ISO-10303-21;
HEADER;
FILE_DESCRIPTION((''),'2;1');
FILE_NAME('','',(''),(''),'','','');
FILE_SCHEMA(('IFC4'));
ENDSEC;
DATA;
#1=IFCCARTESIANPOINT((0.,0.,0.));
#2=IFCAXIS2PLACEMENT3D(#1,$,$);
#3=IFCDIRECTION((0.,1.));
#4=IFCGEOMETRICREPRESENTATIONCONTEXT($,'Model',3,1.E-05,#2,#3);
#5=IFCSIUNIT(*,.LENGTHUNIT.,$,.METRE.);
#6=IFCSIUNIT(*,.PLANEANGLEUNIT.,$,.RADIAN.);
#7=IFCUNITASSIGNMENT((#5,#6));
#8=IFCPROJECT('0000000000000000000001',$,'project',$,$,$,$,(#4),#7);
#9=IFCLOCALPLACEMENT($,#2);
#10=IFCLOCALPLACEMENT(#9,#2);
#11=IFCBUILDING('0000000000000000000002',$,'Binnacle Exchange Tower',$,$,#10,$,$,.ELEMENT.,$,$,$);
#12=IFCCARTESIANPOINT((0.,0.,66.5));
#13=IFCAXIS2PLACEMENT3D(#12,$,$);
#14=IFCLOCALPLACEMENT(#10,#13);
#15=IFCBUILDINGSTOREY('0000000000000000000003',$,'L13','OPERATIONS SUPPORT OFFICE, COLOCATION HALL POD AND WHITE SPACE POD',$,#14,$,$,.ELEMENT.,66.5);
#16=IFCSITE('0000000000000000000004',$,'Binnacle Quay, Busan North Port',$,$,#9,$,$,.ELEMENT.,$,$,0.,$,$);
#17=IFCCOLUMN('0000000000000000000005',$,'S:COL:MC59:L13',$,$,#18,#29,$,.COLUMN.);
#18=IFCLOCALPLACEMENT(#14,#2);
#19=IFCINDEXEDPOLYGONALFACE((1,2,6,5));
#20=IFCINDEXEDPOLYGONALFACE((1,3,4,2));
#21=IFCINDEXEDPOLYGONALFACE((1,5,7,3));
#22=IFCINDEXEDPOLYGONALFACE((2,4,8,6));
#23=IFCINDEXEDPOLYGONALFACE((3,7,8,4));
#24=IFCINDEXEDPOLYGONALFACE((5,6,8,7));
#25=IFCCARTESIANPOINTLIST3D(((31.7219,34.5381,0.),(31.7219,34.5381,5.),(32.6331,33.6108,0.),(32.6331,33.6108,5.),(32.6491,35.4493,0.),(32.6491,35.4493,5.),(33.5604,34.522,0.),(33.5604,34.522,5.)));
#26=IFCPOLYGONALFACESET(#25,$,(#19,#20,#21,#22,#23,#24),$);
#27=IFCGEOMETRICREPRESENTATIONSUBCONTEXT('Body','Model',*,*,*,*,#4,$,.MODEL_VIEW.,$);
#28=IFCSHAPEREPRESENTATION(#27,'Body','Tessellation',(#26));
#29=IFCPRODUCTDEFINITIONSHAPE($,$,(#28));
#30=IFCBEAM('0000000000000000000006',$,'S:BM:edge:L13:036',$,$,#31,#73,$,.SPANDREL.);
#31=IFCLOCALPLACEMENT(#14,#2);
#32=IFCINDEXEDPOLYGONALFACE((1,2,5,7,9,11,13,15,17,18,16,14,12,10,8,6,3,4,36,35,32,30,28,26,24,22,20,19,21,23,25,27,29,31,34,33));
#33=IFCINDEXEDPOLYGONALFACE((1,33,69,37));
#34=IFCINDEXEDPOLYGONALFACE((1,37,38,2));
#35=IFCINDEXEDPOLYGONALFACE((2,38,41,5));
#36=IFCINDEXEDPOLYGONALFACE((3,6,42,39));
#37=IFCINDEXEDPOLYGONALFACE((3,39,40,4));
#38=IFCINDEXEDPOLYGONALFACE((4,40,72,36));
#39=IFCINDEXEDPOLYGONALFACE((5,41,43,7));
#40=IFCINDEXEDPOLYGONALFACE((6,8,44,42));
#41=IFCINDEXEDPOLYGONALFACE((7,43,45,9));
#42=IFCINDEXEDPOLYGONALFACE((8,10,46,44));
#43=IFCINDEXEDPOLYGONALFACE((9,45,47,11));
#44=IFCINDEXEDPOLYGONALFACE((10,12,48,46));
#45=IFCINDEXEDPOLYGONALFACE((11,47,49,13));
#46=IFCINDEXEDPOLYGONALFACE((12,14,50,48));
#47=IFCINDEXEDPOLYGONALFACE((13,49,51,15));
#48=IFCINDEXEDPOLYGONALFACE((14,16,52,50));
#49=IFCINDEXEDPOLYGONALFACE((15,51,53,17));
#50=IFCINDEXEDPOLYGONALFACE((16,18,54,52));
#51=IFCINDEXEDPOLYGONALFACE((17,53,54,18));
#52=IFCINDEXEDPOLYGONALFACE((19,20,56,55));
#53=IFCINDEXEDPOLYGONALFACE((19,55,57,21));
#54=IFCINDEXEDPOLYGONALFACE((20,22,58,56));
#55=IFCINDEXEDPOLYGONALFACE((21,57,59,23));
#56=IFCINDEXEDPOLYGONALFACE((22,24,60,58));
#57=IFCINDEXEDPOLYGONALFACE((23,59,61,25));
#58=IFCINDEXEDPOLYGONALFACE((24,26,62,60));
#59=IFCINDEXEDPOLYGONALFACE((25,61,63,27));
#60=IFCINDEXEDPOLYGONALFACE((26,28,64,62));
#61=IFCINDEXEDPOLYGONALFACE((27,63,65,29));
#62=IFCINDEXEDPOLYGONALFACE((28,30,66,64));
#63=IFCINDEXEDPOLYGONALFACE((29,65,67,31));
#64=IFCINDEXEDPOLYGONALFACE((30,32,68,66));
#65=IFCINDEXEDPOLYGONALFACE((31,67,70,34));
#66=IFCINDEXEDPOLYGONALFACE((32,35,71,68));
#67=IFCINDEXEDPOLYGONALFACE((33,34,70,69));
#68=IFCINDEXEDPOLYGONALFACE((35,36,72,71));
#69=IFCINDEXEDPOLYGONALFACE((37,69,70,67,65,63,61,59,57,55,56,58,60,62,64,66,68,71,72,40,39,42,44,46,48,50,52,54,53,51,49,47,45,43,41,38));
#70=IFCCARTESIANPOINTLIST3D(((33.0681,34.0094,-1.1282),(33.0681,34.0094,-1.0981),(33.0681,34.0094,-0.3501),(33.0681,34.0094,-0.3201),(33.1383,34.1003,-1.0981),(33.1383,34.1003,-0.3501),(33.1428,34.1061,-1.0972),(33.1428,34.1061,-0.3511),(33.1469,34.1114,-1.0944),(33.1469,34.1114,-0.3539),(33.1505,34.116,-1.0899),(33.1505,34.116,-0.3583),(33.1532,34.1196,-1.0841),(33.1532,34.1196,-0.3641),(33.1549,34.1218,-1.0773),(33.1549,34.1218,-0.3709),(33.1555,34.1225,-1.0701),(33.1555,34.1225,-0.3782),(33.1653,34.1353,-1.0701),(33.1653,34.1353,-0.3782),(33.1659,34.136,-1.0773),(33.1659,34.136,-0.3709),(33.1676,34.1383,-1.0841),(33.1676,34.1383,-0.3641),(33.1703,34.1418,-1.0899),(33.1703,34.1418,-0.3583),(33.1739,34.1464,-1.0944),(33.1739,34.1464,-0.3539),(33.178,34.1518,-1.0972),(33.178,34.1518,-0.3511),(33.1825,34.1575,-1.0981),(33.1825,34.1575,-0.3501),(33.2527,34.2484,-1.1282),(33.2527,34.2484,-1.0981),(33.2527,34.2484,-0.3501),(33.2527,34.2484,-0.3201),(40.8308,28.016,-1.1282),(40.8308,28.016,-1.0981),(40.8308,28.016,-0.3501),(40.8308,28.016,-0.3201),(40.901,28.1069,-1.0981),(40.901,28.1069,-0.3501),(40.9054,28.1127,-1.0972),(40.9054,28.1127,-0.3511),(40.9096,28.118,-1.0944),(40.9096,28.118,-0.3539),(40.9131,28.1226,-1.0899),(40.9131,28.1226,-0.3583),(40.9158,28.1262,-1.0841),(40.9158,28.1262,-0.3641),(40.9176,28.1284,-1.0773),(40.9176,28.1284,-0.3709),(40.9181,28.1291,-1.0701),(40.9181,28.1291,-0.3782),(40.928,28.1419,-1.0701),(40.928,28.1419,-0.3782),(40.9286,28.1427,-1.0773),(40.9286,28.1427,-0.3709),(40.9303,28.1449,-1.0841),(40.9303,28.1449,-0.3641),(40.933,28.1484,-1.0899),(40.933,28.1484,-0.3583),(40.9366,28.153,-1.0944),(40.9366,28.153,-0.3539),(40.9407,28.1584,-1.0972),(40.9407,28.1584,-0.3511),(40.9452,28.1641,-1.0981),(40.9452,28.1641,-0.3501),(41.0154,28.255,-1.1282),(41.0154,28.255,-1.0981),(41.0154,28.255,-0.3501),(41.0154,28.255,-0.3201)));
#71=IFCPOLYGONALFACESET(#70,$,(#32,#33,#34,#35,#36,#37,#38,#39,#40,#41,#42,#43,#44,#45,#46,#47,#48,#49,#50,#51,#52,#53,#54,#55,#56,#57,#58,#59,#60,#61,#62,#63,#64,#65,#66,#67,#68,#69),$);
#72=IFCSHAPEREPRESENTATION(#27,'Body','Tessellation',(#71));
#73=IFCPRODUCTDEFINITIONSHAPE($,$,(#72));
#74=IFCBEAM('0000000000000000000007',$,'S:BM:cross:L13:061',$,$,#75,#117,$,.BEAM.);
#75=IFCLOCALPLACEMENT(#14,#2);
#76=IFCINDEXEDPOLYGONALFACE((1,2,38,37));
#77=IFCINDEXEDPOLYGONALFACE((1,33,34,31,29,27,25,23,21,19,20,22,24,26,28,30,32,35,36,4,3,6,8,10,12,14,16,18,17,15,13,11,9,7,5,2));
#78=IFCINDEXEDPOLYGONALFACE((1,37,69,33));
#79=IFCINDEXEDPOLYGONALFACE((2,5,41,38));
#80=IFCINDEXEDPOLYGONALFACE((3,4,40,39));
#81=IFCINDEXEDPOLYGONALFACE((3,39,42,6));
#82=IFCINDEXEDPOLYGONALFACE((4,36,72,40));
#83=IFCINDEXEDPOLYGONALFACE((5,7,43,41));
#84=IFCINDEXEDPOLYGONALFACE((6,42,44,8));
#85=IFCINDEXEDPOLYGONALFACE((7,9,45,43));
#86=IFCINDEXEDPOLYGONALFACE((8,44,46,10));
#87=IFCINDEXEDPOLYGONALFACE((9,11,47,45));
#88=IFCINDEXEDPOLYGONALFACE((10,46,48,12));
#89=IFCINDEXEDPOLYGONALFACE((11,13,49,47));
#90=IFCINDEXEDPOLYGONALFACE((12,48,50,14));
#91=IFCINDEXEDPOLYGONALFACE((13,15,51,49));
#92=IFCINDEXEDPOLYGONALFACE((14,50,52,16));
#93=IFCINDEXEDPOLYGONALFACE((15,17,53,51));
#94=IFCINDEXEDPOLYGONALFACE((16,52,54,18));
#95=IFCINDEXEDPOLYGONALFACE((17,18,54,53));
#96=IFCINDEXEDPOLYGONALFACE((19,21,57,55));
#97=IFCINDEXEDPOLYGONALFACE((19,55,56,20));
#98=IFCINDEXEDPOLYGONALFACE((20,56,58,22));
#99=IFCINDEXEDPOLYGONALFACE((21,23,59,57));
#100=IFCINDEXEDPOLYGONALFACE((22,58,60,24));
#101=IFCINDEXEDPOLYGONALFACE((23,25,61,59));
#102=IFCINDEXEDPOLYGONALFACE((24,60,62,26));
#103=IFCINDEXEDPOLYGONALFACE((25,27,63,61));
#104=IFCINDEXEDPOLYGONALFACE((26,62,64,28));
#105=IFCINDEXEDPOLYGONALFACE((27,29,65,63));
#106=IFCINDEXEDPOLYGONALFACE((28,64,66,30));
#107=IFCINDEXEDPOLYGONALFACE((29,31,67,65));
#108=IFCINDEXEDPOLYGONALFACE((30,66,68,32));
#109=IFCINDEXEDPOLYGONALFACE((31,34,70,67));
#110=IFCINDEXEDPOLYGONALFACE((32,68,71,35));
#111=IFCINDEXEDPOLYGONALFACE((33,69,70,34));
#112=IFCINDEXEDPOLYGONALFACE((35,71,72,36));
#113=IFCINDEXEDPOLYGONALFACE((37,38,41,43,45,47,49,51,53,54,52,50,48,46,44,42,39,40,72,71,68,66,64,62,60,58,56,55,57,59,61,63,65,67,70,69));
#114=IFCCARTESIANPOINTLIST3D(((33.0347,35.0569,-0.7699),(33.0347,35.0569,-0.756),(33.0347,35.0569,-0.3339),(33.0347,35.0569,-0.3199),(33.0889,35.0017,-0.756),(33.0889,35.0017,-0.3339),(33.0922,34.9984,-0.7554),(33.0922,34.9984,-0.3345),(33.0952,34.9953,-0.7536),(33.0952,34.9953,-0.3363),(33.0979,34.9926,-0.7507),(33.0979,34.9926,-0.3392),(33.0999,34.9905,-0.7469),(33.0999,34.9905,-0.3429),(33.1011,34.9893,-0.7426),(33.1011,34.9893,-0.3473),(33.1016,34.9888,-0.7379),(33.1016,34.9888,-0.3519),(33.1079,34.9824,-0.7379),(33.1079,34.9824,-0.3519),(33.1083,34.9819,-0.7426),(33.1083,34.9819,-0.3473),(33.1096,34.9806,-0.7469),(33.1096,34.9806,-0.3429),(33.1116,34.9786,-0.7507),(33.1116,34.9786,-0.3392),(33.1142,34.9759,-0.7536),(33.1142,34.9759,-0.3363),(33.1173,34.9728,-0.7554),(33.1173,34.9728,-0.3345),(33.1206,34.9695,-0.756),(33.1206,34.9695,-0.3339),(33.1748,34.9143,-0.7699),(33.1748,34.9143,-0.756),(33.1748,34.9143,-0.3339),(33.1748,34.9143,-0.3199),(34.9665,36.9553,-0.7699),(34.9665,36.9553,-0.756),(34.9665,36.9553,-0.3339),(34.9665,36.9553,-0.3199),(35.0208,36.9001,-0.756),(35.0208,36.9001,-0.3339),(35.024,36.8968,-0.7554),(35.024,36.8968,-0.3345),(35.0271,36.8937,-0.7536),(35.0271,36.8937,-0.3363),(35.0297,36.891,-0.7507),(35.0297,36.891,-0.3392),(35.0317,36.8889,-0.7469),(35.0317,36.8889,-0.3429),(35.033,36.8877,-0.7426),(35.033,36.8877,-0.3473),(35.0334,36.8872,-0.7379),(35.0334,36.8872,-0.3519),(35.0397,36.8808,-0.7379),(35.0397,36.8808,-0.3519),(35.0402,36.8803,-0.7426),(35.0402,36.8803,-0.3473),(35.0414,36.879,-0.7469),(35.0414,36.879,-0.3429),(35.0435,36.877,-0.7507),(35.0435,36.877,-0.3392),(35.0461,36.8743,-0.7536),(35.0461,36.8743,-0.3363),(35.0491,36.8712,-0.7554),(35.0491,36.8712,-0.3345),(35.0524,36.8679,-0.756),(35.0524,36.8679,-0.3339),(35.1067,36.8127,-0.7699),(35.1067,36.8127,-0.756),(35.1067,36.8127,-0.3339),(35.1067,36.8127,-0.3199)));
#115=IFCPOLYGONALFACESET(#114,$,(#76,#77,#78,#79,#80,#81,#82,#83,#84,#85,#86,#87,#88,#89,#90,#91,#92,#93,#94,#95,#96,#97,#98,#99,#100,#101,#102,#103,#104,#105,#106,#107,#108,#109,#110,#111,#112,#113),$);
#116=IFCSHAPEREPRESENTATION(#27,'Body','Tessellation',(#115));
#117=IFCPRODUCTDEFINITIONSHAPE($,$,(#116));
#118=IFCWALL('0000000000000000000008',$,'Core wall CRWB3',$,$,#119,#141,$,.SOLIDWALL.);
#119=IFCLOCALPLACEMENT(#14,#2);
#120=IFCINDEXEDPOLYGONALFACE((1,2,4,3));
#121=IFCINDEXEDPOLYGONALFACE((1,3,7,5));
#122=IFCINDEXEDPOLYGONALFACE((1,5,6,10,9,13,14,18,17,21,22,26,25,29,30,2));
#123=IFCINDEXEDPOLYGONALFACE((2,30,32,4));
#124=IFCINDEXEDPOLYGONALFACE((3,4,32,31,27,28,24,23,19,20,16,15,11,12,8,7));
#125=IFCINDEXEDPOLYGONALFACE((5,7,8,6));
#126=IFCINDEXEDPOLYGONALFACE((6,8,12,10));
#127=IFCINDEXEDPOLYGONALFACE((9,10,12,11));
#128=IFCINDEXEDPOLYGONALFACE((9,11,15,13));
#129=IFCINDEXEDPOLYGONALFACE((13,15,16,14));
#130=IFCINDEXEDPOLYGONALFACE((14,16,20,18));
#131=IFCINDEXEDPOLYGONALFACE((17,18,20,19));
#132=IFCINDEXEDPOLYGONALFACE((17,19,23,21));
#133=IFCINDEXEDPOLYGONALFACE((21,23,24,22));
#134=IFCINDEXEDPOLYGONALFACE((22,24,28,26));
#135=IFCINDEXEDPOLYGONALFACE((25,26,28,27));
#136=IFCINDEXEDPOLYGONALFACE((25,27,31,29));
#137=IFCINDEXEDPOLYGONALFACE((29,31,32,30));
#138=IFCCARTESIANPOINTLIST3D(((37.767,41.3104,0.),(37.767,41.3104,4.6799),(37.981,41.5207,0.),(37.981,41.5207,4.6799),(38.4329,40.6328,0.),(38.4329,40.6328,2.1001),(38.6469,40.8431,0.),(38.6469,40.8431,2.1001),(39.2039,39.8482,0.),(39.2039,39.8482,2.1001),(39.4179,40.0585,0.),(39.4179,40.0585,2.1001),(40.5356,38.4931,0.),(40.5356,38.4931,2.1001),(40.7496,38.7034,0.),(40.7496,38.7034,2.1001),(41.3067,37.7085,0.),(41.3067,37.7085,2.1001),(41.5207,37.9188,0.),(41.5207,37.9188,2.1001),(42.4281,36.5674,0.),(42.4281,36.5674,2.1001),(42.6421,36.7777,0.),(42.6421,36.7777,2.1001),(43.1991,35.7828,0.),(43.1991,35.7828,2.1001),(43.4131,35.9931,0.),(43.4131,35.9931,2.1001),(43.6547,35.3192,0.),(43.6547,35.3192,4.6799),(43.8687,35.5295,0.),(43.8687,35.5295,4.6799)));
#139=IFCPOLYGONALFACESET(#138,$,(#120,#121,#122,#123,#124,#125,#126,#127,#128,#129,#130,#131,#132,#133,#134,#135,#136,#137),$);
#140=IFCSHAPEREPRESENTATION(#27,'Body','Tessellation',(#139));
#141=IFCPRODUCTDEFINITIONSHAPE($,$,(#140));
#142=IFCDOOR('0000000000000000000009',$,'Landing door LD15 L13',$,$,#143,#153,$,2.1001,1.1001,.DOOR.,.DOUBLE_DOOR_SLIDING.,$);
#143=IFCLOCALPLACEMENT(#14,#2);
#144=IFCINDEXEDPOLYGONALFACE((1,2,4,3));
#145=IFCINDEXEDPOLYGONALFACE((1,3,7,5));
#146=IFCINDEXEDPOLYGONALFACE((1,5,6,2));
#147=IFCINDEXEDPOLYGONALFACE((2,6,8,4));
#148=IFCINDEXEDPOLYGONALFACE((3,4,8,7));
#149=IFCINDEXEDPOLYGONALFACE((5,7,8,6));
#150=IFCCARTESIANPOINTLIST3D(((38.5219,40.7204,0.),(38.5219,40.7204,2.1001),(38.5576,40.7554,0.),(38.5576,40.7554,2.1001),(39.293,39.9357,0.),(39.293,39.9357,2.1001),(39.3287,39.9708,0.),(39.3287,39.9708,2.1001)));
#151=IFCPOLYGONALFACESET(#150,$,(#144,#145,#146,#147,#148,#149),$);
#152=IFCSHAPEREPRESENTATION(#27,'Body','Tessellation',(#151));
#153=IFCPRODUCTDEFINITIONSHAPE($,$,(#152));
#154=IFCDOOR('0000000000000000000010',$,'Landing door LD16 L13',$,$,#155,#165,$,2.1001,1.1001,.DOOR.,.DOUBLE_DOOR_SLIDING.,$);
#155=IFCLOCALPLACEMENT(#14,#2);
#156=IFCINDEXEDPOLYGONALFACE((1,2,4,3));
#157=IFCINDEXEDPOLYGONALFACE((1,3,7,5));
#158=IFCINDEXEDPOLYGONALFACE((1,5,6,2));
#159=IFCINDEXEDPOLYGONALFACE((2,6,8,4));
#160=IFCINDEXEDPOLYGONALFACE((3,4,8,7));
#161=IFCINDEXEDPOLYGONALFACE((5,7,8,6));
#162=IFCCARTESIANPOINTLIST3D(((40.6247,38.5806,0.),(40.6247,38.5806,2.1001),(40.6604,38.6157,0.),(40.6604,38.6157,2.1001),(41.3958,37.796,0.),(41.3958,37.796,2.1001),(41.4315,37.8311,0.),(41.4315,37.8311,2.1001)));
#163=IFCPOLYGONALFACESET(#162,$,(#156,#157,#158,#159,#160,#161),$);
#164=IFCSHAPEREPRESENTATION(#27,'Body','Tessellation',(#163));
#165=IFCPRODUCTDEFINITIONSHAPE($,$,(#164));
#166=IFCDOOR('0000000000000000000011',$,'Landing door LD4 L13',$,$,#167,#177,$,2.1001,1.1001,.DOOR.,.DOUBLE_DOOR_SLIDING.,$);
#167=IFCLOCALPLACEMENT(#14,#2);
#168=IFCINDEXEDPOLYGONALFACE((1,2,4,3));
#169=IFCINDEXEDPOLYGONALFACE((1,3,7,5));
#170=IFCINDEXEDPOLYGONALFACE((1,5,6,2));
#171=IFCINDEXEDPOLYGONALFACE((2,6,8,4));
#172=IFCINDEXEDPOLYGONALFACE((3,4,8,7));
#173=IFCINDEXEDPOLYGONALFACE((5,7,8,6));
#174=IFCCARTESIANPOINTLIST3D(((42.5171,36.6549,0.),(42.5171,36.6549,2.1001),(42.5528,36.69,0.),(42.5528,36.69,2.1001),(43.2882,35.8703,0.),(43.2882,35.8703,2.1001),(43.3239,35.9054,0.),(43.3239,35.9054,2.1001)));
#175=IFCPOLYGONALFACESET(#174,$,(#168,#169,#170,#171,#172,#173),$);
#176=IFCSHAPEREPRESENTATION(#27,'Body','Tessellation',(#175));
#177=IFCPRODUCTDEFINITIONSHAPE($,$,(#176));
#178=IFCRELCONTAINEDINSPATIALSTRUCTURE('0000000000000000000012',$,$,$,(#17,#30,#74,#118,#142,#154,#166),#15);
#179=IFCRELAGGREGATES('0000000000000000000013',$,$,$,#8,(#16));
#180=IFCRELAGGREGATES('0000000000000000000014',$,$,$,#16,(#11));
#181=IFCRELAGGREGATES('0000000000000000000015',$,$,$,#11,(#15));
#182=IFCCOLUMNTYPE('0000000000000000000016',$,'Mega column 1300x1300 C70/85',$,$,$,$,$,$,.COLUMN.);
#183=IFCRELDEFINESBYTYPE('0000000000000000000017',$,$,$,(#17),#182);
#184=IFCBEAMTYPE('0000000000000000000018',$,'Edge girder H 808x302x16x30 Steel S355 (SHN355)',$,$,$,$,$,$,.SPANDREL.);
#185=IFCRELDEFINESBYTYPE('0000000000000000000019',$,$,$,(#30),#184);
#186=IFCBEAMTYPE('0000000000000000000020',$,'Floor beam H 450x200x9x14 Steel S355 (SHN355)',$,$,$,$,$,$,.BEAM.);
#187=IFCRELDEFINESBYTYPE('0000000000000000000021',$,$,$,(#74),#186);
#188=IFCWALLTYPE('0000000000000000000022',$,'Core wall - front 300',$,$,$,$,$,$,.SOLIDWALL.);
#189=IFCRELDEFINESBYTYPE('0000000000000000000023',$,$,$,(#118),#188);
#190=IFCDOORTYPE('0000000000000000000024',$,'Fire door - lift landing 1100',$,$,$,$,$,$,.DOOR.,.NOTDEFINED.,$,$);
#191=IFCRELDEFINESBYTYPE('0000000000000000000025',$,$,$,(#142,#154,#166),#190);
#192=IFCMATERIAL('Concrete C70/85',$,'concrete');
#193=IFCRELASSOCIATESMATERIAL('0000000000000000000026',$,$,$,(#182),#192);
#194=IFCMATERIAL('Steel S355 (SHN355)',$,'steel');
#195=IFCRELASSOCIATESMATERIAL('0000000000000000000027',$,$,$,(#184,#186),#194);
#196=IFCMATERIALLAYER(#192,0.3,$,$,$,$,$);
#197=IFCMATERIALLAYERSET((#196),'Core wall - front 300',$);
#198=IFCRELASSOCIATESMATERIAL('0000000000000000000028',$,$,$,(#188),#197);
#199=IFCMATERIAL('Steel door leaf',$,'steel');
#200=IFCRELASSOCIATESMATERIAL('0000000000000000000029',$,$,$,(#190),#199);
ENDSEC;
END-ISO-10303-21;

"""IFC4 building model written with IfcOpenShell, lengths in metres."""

from ifc_helpers import new_model, si_unit, direction, frame, frame_2d, origin, origin_2d, place, context, subcontext, project, spatial, rectangle, i_section, extrude, material, layer, layer_set, material_profile, profile_set, type_object, element, fill, save


model = new_model("IFC4")

# Units and contexts
model_context = context("Model", 3, precision=1e-05, world=origin(), true_north=direction((0.0, 1.0)))
body_context = subcontext(model_context, "Body", "Model", "MODEL_VIEW")
ifc_project = project(units=[si_unit("LENGTHUNIT", "METRE"), si_unit("PLANEANGLEUNIT", "RADIAN")], contexts=[model_context])

# Site, building, storey
site_placement = place(None, origin())
site = spatial("IfcSite", under=ifc_project, at=site_placement, Name="Binnacle Quay, Busan North Port", CompositionType="ELEMENT", RefElevation=0.0)
building_placement = place(site_placement, origin())
building = spatial("IfcBuilding", under=site, at=building_placement, Name="Binnacle Exchange Tower", CompositionType="ELEMENT")
storey_placement = place(building_placement, frame((0.0, 0.0, 66.5)))
storey = spatial("IfcBuildingStorey", under=building, at=storey_placement, Name="L13", Description="OPERATIONS SUPPORT OFFICE, COLOCATION HALL POD AND WHITE SPACE POD", CompositionType="ELEMENT", Elevation=66.5)

# Column
ifc_material_1 = material(Name="Concrete C70/85", Category="concrete")
ifc_material_profile_1 = material_profile(ifc_material_1, rectangle(XDim=1.3, YDim=1.3, at=origin_2d()), Name="Mega column 1300x1300 C70/85")
ifc_profile_set_1 = profile_set([ifc_material_profile_1], Name="Concrete C70/85")
column_type = type_object("IfcColumnType", Name="Mega column 1300x1300 C70/85", PredefinedType="COLUMN", material=ifc_profile_set_1)
column_placement = place(storey_placement, frame((32.6411, 34.53, 0.0), z_axis=(0.0, 0.0, 1.0), x_axis=(0.700909, -0.71325, 0.0)))
element("IfcColumn", 1, at=column_placement, inside=storey, type_object=column_type, Name="S:COL:MC59:L13", PredefinedType="COLUMN", context=body_context, shape_type="SweptSolid", body=[
    extrude(rectangle(XDim=1.3, YDim=1.3, at=origin_2d()), origin(), (0.0, 0.0, 1.0), 5.0),
])

# Beams
ifc_material_2 = material(Name="Steel S355 (SHN355)", Category="steel")
ifc_material_profile_2 = material_profile(ifc_material_2, i_section(OverallWidth=0.302, OverallDepth=0.8081, WebThickness=0.0161, FlangeThickness=0.03, FilletRadius=0.0281, at=origin_2d()), Name="H 808x302x16x30")
ifc_profile_set_2 = profile_set([ifc_material_profile_2], Name="Steel S355 (SHN355)")
beam_type_1 = type_object("IfcBeamType", Name="Edge girder H 808x302x16x30 Steel S355 (SHN355)", PredefinedType="SPANDREL", material=ifc_profile_set_2)
beam_1_placement = place(storey_placement, frame((33.1604, 34.1289, -0.7241), z_axis=(0.791533, -0.611126, 0.0), x_axis=(0.611126, 0.791533, 0.0)))
element("IfcBeam", 2, at=beam_1_placement, inside=storey, type_object=beam_type_1, Name="S:BM:edge:L13:036", PredefinedType="SPANDREL", context=body_context, shape_type="SweptSolid", body=[
    extrude(i_section(OverallWidth=0.302, OverallDepth=0.8081, WebThickness=0.0161, FlangeThickness=0.03, FilletRadius=0.0281, at=origin_2d()), origin(), (0.0, 0.0, 1.0), 9.8071),
])
ifc_material_profile_3 = material_profile(ifc_material_2, i_section(OverallWidth=0.2, OverallDepth=0.45, WebThickness=0.009, FlangeThickness=0.0139, FilletRadius=0.0181, at=origin_2d()), Name="H 450x200x9x14")
ifc_profile_set_3 = profile_set([ifc_material_profile_3], Name="Steel S355 (SHN355)")
beam_type_2 = type_object("IfcBeamType", Name="Floor beam H 450x200x9x14 Steel S355 (SHN355)", PredefinedType="BEAM", material=ifc_profile_set_3)
beam_2_placement = place(storey_placement, frame((33.1047, 34.9856, -0.5449), z_axis=(0.713254, 0.700905, 0.0), x_axis=(-0.700905, 0.713254, 0.0)))
element("IfcBeam", 3, at=beam_2_placement, inside=storey, type_object=beam_type_2, Name="S:BM:cross:L13:061", PredefinedType="BEAM", context=body_context, shape_type="SweptSolid", body=[
    extrude(i_section(OverallWidth=0.2, OverallDepth=0.45, WebThickness=0.009, FlangeThickness=0.0139, FilletRadius=0.0181, at=origin_2d()), origin(), (0.0, 0.0, 1.0), 2.7085),
])

# Wall, openings, doors
ifc_layer_1 = layer(ifc_material_1, 0.3)
ifc_layer_set_1 = layer_set([ifc_layer_1], Name="Core wall - front 300")
wall_type_1 = type_object("IfcWallType", Name="Core wall - front 300", PredefinedType="SOLIDWALL", material=ifc_layer_set_1)
wall_1_placement = place(storey_placement, frame((37.874, 41.4155, 0.0), z_axis=(0.0, 0.0, 1.0), x_axis=(0.700918, -0.713242, 0.0)))
wall_1 = element("IfcWall", 4, at=wall_1_placement, inside=storey, type_object=wall_type_1, Name="Core wall CRWB3", PredefinedType="SOLIDWALL", context=body_context, shape_type="SweptSolid", body=[
    extrude(rectangle(XDim=8.3999, YDim=0.3, at=frame_2d((4.2, 0.0))), origin(), (0.0, 0.0, 1.0), 4.6799),
])
opening_1_placement = place(wall_1_placement, frame((0.95, 0.0, 0.0)))
opening_1 = element("IfcOpeningElement", 5, at=opening_1_placement, cuts=wall_1, PredefinedType="OPENING", context=body_context, shape_type="SweptSolid", body=[
    extrude(rectangle(XDim=1.1001, YDim=2.1001, at=frame_2d((0.55, 1.05))), frame((0.0, 0.1599, 0.0), z_axis=(0.0, -1.0, 0.0), x_axis=(1.0, 0.0, 0.0)), (0.0, 0.0, 1.0), 0.3201),
])
opening_2_placement = place(wall_1_placement, frame((3.95, 0.0, 0.0)))
opening_2 = element("IfcOpeningElement", 6, at=opening_2_placement, cuts=wall_1, PredefinedType="OPENING", context=body_context, shape_type="SweptSolid", body=[
    extrude(rectangle(XDim=1.1001, YDim=2.1001, at=frame_2d((0.55, 1.05))), frame((0.0, 0.1599, 0.0), z_axis=(0.0, -1.0, 0.0), x_axis=(1.0, 0.0, 0.0)), (0.0, 0.0, 1.0), 0.3201),
])
opening_3_placement = place(wall_1_placement, frame((6.6499, 0.0, 0.0)))
opening_3 = element("IfcOpeningElement", 7, at=opening_3_placement, cuts=wall_1, PredefinedType="OPENING", context=body_context, shape_type="SweptSolid", body=[
    extrude(rectangle(XDim=1.1001, YDim=2.1001, at=frame_2d((0.55, 1.05))), frame((0.0, 0.1599, 0.0), z_axis=(0.0, -1.0, 0.0), x_axis=(1.0, 0.0, 0.0)), (0.0, 0.0, 1.0), 0.3201),
])
ifc_material_3 = material(Name="Steel door leaf", Category="steel")
door_type_1 = type_object("IfcDoorType", Name="Fire door - lift landing 1100", OperationType="NOTDEFINED", PredefinedType="DOOR", material=ifc_material_3)
door_1_placement = place(opening_1_placement, origin())
door_1 = element("IfcDoor", 8, at=door_1_placement, inside=storey, type_object=door_type_1, Name="Landing door LD15 L13", OperationType="DOUBLE_DOOR_SLIDING", OverallHeight=2.1001, OverallWidth=1.1001, PredefinedType="DOOR", context=body_context, shape_type="SweptSolid", body=[
    extrude(rectangle(XDim=1.1001, YDim=2.1001, at=frame_2d((0.55, 1.05))), frame((0.0, 0.0249, 0.0), z_axis=(0.0, -1.0, 0.0), x_axis=(1.0, 0.0, 0.0)), (0.0, 0.0, 1.0), 0.05),
])
fill(opening_1, door_1)
door_2_placement = place(opening_2_placement, origin())
door_2 = element("IfcDoor", 9, at=door_2_placement, inside=storey, type_object=door_type_1, Name="Landing door LD16 L13", OperationType="DOUBLE_DOOR_SLIDING", OverallHeight=2.1001, OverallWidth=1.1001, PredefinedType="DOOR", context=body_context, shape_type="SweptSolid", body=[
    extrude(rectangle(XDim=1.1001, YDim=2.1001, at=frame_2d((0.55, 1.05))), frame((0.0, 0.0249, 0.0), z_axis=(0.0, -1.0, 0.0), x_axis=(1.0, 0.0, 0.0)), (0.0, 0.0, 1.0), 0.05),
])
fill(opening_2, door_2)
door_3_placement = place(opening_3_placement, origin())
door_3 = element("IfcDoor", 10, at=door_3_placement, inside=storey, type_object=door_type_1, Name="Landing door LD4 L13", OperationType="DOUBLE_DOOR_SLIDING", OverallHeight=2.1001, OverallWidth=1.1001, PredefinedType="DOOR", context=body_context, shape_type="SweptSolid", body=[
    extrude(rectangle(XDim=1.1001, YDim=2.1001, at=frame_2d((0.55, 1.05))), frame((0.0, 0.0249, 0.0), z_axis=(0.0, -1.0, 0.0), x_axis=(1.0, 0.0, 0.0)), (0.0, 0.0, 1.0), 0.05),
])
fill(opening_3, door_3)

save(model, "model.ifc")
